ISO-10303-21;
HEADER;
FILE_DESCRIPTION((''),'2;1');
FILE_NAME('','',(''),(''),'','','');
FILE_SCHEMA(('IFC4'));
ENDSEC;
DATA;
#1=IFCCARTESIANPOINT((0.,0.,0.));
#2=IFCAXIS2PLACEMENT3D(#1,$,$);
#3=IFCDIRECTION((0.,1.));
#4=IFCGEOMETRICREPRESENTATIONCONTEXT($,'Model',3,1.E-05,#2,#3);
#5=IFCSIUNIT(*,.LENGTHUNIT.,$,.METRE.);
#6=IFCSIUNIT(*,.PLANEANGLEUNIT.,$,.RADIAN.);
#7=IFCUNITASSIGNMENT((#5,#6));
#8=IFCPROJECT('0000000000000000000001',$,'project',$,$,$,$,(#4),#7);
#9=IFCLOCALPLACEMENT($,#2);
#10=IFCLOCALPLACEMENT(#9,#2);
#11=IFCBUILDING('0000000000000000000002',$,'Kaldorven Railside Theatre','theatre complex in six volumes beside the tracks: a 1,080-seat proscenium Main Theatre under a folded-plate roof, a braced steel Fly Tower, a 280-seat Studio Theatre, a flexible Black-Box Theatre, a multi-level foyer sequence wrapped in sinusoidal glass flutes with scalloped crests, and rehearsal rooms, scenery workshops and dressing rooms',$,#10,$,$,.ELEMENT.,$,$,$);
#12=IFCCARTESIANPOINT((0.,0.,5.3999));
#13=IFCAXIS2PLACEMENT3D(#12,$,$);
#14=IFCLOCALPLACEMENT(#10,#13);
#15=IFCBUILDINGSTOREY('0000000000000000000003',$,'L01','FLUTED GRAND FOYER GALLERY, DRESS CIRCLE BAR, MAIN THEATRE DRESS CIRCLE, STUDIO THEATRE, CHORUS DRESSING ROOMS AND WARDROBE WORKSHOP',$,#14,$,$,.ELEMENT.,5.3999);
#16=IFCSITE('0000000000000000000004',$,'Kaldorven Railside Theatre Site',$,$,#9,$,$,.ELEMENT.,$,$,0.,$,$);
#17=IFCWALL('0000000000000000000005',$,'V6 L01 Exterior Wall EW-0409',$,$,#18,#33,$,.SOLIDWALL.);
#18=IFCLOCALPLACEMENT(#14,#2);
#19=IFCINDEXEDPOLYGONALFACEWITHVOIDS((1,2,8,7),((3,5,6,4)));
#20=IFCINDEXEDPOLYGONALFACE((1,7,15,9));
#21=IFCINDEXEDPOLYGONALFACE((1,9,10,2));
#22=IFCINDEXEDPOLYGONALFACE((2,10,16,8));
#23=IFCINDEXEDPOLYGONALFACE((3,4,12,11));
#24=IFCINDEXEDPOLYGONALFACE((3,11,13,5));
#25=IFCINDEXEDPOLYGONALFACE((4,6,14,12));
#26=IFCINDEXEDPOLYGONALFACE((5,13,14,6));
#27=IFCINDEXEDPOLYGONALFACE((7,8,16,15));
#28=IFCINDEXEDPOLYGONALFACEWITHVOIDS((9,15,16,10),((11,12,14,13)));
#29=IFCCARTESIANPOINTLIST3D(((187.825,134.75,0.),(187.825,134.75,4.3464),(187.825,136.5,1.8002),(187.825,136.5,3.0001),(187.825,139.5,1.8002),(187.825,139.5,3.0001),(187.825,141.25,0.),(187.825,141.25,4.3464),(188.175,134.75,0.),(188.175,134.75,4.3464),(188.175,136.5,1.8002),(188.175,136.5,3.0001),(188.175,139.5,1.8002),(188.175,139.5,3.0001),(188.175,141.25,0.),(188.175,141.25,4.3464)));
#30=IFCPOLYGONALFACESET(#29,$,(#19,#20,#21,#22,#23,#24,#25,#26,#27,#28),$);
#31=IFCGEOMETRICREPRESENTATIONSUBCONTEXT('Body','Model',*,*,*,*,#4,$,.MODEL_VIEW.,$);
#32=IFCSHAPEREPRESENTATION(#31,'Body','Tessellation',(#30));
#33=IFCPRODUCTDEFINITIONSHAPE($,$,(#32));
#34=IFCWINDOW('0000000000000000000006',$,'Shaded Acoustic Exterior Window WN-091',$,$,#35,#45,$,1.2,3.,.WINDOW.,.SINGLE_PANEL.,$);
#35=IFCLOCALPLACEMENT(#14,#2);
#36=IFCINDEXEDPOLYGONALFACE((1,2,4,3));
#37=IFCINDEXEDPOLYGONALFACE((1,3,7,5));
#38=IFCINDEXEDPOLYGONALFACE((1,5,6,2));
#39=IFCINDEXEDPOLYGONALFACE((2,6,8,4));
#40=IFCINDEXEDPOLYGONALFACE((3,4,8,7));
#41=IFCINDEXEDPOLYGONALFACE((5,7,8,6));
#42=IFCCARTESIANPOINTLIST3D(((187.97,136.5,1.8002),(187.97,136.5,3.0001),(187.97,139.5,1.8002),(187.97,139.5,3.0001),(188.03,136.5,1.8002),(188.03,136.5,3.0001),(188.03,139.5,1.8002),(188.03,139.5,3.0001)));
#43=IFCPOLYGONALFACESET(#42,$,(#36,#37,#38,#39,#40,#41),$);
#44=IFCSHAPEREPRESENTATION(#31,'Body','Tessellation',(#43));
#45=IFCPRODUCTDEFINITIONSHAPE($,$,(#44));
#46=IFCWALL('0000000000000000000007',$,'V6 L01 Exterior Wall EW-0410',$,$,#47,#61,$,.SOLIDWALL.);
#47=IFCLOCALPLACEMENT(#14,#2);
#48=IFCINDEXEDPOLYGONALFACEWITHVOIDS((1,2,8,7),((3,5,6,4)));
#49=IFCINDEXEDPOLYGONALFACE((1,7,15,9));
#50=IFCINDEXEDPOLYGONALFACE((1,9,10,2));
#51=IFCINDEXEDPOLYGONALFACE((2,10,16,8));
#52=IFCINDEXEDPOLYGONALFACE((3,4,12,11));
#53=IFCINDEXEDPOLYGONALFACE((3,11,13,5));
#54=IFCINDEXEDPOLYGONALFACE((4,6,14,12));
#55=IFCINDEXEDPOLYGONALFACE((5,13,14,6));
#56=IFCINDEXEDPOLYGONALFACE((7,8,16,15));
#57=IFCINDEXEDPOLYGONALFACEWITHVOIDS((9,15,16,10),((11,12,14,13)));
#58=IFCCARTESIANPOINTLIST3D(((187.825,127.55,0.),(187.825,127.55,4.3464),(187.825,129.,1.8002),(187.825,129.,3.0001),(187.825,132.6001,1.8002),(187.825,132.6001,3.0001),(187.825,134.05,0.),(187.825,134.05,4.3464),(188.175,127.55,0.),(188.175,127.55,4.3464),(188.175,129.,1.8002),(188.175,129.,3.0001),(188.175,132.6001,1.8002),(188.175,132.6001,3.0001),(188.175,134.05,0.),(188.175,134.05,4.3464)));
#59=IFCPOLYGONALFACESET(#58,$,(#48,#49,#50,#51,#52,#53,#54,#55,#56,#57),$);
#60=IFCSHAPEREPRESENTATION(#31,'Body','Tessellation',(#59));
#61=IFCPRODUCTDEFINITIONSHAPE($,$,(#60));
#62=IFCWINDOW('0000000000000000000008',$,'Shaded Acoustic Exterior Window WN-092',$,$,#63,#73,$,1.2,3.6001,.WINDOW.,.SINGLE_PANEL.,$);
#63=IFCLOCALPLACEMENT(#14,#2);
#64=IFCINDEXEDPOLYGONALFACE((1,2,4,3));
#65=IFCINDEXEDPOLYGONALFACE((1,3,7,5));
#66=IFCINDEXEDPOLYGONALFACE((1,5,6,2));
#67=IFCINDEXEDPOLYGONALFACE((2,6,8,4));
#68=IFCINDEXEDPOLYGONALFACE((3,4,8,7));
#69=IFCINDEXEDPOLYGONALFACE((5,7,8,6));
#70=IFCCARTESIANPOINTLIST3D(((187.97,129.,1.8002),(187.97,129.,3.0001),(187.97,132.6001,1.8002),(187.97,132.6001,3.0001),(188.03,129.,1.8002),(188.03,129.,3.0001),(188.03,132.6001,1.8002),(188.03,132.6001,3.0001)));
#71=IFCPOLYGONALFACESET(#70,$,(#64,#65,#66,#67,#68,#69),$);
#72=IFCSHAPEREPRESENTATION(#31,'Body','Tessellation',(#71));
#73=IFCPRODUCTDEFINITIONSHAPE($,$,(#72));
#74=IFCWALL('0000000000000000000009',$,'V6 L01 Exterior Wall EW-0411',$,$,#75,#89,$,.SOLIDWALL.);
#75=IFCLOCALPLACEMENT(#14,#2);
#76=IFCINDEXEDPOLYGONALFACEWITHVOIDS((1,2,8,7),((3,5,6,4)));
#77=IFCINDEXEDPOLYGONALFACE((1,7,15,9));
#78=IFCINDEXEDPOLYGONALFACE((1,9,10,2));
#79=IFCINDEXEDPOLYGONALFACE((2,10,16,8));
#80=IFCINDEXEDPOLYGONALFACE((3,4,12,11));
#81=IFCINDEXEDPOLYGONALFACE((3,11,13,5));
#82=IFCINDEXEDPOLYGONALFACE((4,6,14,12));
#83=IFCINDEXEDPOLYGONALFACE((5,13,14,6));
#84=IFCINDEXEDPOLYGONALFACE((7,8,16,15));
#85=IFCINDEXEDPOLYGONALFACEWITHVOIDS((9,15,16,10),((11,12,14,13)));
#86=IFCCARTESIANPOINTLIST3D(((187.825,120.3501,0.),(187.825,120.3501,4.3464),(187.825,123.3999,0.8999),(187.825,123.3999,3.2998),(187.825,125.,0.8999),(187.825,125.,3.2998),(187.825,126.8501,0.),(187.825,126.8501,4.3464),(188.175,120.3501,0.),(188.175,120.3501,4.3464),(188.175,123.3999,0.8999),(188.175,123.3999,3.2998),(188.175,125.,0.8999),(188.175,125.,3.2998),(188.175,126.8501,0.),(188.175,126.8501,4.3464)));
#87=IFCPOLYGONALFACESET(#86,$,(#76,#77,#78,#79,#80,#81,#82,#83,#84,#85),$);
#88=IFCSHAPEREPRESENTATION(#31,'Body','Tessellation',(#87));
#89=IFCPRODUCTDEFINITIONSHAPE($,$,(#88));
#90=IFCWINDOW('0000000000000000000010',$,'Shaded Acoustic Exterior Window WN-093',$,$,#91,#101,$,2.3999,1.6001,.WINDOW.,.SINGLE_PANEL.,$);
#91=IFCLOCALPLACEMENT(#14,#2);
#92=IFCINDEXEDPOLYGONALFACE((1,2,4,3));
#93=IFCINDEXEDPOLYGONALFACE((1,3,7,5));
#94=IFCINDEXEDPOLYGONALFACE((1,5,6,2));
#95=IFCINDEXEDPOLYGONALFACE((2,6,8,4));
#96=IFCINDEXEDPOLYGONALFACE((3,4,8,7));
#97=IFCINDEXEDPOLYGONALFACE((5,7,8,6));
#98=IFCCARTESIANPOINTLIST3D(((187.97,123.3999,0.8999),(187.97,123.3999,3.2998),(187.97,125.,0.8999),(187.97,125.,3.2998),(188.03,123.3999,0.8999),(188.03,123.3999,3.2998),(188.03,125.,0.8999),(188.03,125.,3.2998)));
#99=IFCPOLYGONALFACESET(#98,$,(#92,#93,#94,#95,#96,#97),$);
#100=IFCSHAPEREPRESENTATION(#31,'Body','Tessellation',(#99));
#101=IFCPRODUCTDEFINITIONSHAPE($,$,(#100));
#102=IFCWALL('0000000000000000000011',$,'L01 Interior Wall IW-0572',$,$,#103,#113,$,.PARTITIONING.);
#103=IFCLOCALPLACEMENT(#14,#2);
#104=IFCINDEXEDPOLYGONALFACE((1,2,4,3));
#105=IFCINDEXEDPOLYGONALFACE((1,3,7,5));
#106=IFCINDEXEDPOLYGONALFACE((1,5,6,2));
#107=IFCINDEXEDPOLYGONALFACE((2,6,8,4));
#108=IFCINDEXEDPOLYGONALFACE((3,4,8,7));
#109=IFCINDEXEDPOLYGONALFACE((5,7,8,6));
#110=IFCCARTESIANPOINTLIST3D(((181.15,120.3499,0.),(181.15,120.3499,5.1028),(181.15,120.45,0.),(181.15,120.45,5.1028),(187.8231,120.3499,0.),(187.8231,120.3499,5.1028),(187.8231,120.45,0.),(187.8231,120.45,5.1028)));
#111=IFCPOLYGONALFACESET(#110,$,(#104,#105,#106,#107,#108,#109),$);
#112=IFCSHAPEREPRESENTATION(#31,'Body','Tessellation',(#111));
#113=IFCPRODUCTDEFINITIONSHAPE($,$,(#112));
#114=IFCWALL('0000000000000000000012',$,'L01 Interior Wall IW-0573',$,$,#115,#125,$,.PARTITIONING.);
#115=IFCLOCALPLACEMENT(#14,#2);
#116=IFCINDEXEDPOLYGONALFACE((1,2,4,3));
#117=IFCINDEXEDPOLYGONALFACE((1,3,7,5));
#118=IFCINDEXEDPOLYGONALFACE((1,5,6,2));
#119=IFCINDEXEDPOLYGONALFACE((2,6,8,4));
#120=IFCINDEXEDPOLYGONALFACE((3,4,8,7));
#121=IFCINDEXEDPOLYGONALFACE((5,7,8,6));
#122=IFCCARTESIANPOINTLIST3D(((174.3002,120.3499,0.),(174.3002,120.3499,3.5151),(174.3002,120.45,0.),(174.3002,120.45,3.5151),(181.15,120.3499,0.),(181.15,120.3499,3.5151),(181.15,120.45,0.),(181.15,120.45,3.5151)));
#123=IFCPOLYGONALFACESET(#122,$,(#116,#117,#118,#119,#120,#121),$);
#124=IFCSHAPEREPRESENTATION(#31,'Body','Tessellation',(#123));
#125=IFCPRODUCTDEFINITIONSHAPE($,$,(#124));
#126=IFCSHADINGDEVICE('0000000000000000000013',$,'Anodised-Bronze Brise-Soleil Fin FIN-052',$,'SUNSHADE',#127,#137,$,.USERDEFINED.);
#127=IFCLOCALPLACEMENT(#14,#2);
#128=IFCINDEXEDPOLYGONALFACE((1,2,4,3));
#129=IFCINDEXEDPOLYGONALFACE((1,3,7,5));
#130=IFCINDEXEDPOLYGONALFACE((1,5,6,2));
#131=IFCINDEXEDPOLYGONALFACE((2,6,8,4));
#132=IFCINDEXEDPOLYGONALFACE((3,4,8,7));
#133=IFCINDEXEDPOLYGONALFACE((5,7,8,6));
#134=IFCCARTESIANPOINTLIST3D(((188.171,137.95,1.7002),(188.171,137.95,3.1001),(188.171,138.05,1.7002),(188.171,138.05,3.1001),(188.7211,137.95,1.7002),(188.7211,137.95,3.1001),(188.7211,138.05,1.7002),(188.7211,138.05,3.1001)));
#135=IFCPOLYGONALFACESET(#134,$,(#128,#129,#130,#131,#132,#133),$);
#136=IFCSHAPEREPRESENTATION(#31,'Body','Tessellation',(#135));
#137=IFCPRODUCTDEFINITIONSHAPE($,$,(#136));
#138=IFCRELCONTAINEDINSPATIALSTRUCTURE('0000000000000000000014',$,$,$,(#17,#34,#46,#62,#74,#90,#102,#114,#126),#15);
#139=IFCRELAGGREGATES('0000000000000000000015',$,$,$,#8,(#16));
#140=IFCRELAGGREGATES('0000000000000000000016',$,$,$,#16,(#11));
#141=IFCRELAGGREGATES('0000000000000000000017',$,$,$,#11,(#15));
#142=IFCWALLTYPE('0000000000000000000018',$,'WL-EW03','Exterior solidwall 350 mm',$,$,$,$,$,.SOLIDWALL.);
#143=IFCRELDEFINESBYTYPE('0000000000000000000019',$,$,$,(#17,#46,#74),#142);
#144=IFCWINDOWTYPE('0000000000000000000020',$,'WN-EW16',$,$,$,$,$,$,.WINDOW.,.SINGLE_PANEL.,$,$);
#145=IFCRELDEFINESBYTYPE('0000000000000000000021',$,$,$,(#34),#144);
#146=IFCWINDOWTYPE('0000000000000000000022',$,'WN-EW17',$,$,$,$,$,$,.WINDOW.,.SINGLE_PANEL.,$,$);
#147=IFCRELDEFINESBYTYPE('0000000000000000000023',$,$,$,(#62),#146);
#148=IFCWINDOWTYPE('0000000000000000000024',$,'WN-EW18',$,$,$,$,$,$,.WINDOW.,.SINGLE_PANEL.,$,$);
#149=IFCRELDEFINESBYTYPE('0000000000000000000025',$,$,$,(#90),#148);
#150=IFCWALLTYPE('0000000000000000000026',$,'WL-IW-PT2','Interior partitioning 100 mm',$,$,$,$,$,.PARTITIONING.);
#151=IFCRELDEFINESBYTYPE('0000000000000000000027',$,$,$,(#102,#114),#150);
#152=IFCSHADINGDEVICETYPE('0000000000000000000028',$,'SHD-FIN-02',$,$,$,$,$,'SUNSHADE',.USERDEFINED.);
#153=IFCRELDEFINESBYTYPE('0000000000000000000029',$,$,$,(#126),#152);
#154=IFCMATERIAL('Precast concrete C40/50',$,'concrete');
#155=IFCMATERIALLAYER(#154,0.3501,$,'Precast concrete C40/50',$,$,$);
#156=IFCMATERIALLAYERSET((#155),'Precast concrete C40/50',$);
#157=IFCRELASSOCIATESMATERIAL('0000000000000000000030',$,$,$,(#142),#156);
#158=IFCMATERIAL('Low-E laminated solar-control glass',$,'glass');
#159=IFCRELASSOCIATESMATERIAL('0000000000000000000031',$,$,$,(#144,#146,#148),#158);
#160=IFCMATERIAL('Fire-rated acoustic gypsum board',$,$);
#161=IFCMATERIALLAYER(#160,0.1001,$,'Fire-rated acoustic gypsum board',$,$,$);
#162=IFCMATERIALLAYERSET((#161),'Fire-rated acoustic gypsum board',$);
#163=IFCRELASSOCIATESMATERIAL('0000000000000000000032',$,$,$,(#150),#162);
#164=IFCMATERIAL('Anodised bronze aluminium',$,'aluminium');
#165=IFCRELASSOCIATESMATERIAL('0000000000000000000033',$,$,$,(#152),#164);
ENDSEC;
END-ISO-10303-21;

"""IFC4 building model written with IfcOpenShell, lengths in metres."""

from ifc_helpers import new_model, si_unit, direction, frame, frame_2d, origin, origin_2d, place, context, subcontext, project, spatial, rectangle, extrude, material, layer, layer_set, type_object, element, fill, save


model = new_model("IFC4")

# Units and contexts
model_context = context("Model", 3, precision=1e-05, world=origin(), true_north=direction((0.0, 1.0)))
body_context = subcontext(model_context, "Body", "Model", "MODEL_VIEW")
ifc_project = project(units=[si_unit("LENGTHUNIT", "METRE"), si_unit("PLANEANGLEUNIT", "RADIAN")], contexts=[model_context])

# Site, building, storey
site_placement = place(None, origin())
site = spatial("IfcSite", under=ifc_project, at=site_placement, Name="Kaldorven Railside Theatre Site", CompositionType="ELEMENT", RefElevation=0.0)
building_placement = place(site_placement, origin())
building = spatial("IfcBuilding", under=site, at=building_placement, Name="Kaldorven Railside Theatre", Description="theatre complex in six volumes beside the tracks: a 1,080-seat proscenium Main Theatre under a folded-plate roof, a braced steel Fly Tower, a 280-seat Studio Theatre, a flexible Black-Box Theatre, a multi-level foyer sequence wrapped in sinusoidal glass flutes with scalloped crests, and rehearsal rooms, scenery workshops and dressing rooms", CompositionType="ELEMENT")
storey_placement = place(building_placement, frame((0.0, 0.0, 5.3999)))
storey = spatial("IfcBuildingStorey", under=building, at=storey_placement, Name="L01", Description="FLUTED GRAND FOYER GALLERY, DRESS CIRCLE BAR, MAIN THEATRE DRESS CIRCLE, STUDIO THEATRE, CHORUS DRESSING ROOMS AND WARDROBE WORKSHOP", CompositionType="ELEMENT", Elevation=5.3999)

# Walls, openings, windows
ifc_material_1 = material(Name="Precast concrete C40/50", Category="concrete")
ifc_layer_1 = layer(ifc_material_1, 0.3501, Name="Precast concrete C40/50")
ifc_layer_set_1 = layer_set([ifc_layer_1], Name="Precast concrete C40/50")
wall_type_1 = type_object("IfcWallType", Name="WL-EW03", Description="Exterior solidwall 350 mm", PredefinedType="SOLIDWALL", material=ifc_layer_set_1)
ifc_material_2 = material(Name="Low-E laminated solar-control glass", Category="glass")
wall_1_placement = place(storey_placement, frame((188.0, 141.25, 0.0), z_axis=(0.0, 0.0, 1.0), x_axis=(0.0, -1.0, 0.0)))
wall_1 = element("IfcWall", 1, at=wall_1_placement, inside=storey, type_object=wall_type_1, Name="V6 L01 Exterior Wall EW-0409", PredefinedType="SOLIDWALL", context=body_context, shape_type="SweptSolid", body=[
    extrude(rectangle(XDim=6.5, YDim=0.3501, at=frame_2d((3.25, 0.0))), origin(), (0.0, 0.0, 1.0), 4.3464),
])
opening_1_placement = place(wall_1_placement, frame((1.75, 0.0, 1.8)))
opening_1 = element("IfcOpeningElement", 2, at=opening_1_placement, cuts=wall_1, PredefinedType="OPENING", context=body_context, shape_type="SweptSolid", body=[
    extrude(rectangle(XDim=3.0, YDim=1.2, at=frame_2d((1.5, 0.6001))), frame((0.0, 0.1851, 0.0), z_axis=(0.0, -1.0, 0.0), x_axis=(1.0, 0.0, 0.0)), (0.0, 0.0, 1.0), 0.3701),
])
window_type_1 = type_object("IfcWindowType", Name="WN-EW16", PartitioningType="SINGLE_PANEL", PredefinedType="WINDOW", material=ifc_material_2)
window_1_placement = place(opening_1_placement, origin())
window_1 = element("IfcWindow", 3, at=window_1_placement, inside=storey, type_object=window_type_1, Name="Shaded Acoustic Exterior Window WN-091", OverallHeight=1.2, OverallWidth=3.0, PartitioningType="SINGLE_PANEL", PredefinedType="WINDOW", context=body_context, shape_type="SweptSolid", body=[
    extrude(rectangle(XDim=3.0, YDim=1.2, at=frame_2d((1.5, 0.6001))), frame((0.0, 0.03, 0.0), z_axis=(0.0, -1.0, 0.0), x_axis=(1.0, 0.0, 0.0)), (0.0, 0.0, 1.0), 0.0601),
])
fill(opening_1, window_1)
wall_2_placement = place(storey_placement, frame((188.0, 134.05, 0.0), z_axis=(0.0, 0.0, 1.0), x_axis=(0.0, -1.0, 0.0)))
wall_2 = element("IfcWall", 4, at=wall_2_placement, inside=storey, type_object=wall_type_1, Name="V6 L01 Exterior Wall EW-0410", PredefinedType="SOLIDWALL", context=body_context, shape_type="SweptSolid", body=[
    extrude(rectangle(XDim=6.5, YDim=0.3501, at=frame_2d((3.25, 0.0))), origin(), (0.0, 0.0, 1.0), 4.3464),
])
opening_2_placement = place(wall_2_placement, frame((1.45, 0.0, 1.8)))
opening_2 = element("IfcOpeningElement", 5, at=opening_2_placement, cuts=wall_2, PredefinedType="OPENING", context=body_context, shape_type="SweptSolid", body=[
    extrude(rectangle(XDim=3.6001, YDim=1.2, at=frame_2d((1.8, 0.6001))), frame((0.0, 0.1851, 0.0), z_axis=(0.0, -1.0, 0.0), x_axis=(1.0, 0.0, 0.0)), (0.0, 0.0, 1.0), 0.3701),
])
window_type_2 = type_object("IfcWindowType", Name="WN-EW17", PartitioningType="SINGLE_PANEL", PredefinedType="WINDOW", material=ifc_material_2)
window_2_placement = place(opening_2_placement, origin())
window_2 = element("IfcWindow", 6, at=window_2_placement, inside=storey, type_object=window_type_2, Name="Shaded Acoustic Exterior Window WN-092", OverallHeight=1.2, OverallWidth=3.6001, PartitioningType="SINGLE_PANEL", PredefinedType="WINDOW", context=body_context, shape_type="SweptSolid", body=[
    extrude(rectangle(XDim=3.6001, YDim=1.2, at=frame_2d((1.8, 0.6001))), frame((0.0, 0.03, 0.0), z_axis=(0.0, -1.0, 0.0), x_axis=(1.0, 0.0, 0.0)), (0.0, 0.0, 1.0), 0.0601),
])
fill(opening_2, window_2)
wall_3_placement = place(storey_placement, frame((188.0, 126.8501, 0.0), z_axis=(0.0, 0.0, 1.0), x_axis=(0.0, -1.0, 0.0)))
wall_3 = element("IfcWall", 7, at=wall_3_placement, inside=storey, type_object=wall_type_1, Name="V6 L01 Exterior Wall EW-0411", PredefinedType="SOLIDWALL", context=body_context, shape_type="SweptSolid", body=[
    extrude(rectangle(XDim=6.5, YDim=0.3501, at=frame_2d((3.25, 0.0))), origin(), (0.0, 0.0, 1.0), 4.3464),
])
opening_3_placement = place(wall_3_placement, frame((1.8501, 0.0, 0.8999)))
opening_3 = element("IfcOpeningElement", 8, at=opening_3_placement, cuts=wall_3, PredefinedType="OPENING", context=body_context, shape_type="SweptSolid", body=[
    extrude(rectangle(XDim=1.6001, YDim=2.3999, at=frame_2d((0.8, 1.2))), frame((0.0, 0.1851, 0.0), z_axis=(0.0, -1.0, 0.0), x_axis=(1.0, 0.0, 0.0)), (0.0, 0.0, 1.0), 0.3701),
])
window_type_3 = type_object("IfcWindowType", Name="WN-EW18", PartitioningType="SINGLE_PANEL", PredefinedType="WINDOW", material=ifc_material_2)
window_3_placement = place(opening_3_placement, origin())
window_3 = element("IfcWindow", 9, at=window_3_placement, inside=storey, type_object=window_type_3, Name="Shaded Acoustic Exterior Window WN-093", OverallHeight=2.3999, OverallWidth=1.6001, PartitioningType="SINGLE_PANEL", PredefinedType="WINDOW", context=body_context, shape_type="SweptSolid", body=[
    extrude(rectangle(XDim=1.6001, YDim=2.3999, at=frame_2d((0.8, 1.2))), frame((0.0, 0.03, 0.0), z_axis=(0.0, -1.0, 0.0), x_axis=(1.0, 0.0, 0.0)), (0.0, 0.0, 1.0), 0.0601),
])
fill(opening_3, window_3)

# Walls
ifc_material_3 = material(Name="Fire-rated acoustic gypsum board")
ifc_layer_2 = layer(ifc_material_3, 0.1001, Name="Fire-rated acoustic gypsum board")
ifc_layer_set_2 = layer_set([ifc_layer_2], Name="Fire-rated acoustic gypsum board")
wall_type_2 = type_object("IfcWallType", Name="WL-IW-PT2", Description="Interior partitioning 100 mm", PredefinedType="PARTITIONING", material=ifc_layer_set_2)
wall_4_placement = place(storey_placement, frame((187.823, 120.3999, 0.0), z_axis=(0.0, 0.0, 1.0), x_axis=(-1.0, 0.0, 0.0)))
element("IfcWall", 10, at=wall_4_placement, inside=storey, type_object=wall_type_2, Name="L01 Interior Wall IW-0572", PredefinedType="PARTITIONING", context=body_context, shape_type="SweptSolid", body=[
    extrude(rectangle(XDim=6.6731, YDim=0.1001, at=frame_2d((3.3364, 0.0))), origin(), (0.0, 0.0, 1.0), 5.1028),
])
wall_5_placement = place(storey_placement, frame((181.1499, 120.3999, 0.0), z_axis=(0.0, 0.0, 1.0), x_axis=(-1.0, 0.0, 0.0)))
element("IfcWall", 11, at=wall_5_placement, inside=storey, type_object=wall_type_2, Name="L01 Interior Wall IW-0573", PredefinedType="PARTITIONING", context=body_context, shape_type="SweptSolid", body=[
    extrude(rectangle(XDim=6.8499, YDim=0.1001, at=frame_2d((3.4248, 0.0))), origin(), (0.0, 0.0, 1.0), 3.5151),
])

# Shading device
ifc_material_4 = material(Name="Anodised bronze aluminium", Category="aluminium")
shading_device_type = type_object("IfcShadingDeviceType", Name="SHD-FIN-02", ElementType="SUNSHADE", PredefinedType="USERDEFINED", material=ifc_material_4)
shading_device_placement = place(storey_placement, frame((188.446, 138.0, 1.7002), z_axis=(0.0, 0.0, 1.0), x_axis=(0.0, -1.0, 0.0)))
element("IfcShadingDevice", 12, at=shading_device_placement, inside=storey, type_object=shading_device_type, Name="Anodised-Bronze Brise-Soleil Fin FIN-052", ObjectType="SUNSHADE", PredefinedType="USERDEFINED", context=body_context, shape_type="SweptSolid", body=[
    extrude(rectangle(XDim=0.1001, YDim=0.55, at=origin_2d()), origin(), (0.0, 0.0, 1.0), 1.3999),
])

save(model, "model.ifc")
